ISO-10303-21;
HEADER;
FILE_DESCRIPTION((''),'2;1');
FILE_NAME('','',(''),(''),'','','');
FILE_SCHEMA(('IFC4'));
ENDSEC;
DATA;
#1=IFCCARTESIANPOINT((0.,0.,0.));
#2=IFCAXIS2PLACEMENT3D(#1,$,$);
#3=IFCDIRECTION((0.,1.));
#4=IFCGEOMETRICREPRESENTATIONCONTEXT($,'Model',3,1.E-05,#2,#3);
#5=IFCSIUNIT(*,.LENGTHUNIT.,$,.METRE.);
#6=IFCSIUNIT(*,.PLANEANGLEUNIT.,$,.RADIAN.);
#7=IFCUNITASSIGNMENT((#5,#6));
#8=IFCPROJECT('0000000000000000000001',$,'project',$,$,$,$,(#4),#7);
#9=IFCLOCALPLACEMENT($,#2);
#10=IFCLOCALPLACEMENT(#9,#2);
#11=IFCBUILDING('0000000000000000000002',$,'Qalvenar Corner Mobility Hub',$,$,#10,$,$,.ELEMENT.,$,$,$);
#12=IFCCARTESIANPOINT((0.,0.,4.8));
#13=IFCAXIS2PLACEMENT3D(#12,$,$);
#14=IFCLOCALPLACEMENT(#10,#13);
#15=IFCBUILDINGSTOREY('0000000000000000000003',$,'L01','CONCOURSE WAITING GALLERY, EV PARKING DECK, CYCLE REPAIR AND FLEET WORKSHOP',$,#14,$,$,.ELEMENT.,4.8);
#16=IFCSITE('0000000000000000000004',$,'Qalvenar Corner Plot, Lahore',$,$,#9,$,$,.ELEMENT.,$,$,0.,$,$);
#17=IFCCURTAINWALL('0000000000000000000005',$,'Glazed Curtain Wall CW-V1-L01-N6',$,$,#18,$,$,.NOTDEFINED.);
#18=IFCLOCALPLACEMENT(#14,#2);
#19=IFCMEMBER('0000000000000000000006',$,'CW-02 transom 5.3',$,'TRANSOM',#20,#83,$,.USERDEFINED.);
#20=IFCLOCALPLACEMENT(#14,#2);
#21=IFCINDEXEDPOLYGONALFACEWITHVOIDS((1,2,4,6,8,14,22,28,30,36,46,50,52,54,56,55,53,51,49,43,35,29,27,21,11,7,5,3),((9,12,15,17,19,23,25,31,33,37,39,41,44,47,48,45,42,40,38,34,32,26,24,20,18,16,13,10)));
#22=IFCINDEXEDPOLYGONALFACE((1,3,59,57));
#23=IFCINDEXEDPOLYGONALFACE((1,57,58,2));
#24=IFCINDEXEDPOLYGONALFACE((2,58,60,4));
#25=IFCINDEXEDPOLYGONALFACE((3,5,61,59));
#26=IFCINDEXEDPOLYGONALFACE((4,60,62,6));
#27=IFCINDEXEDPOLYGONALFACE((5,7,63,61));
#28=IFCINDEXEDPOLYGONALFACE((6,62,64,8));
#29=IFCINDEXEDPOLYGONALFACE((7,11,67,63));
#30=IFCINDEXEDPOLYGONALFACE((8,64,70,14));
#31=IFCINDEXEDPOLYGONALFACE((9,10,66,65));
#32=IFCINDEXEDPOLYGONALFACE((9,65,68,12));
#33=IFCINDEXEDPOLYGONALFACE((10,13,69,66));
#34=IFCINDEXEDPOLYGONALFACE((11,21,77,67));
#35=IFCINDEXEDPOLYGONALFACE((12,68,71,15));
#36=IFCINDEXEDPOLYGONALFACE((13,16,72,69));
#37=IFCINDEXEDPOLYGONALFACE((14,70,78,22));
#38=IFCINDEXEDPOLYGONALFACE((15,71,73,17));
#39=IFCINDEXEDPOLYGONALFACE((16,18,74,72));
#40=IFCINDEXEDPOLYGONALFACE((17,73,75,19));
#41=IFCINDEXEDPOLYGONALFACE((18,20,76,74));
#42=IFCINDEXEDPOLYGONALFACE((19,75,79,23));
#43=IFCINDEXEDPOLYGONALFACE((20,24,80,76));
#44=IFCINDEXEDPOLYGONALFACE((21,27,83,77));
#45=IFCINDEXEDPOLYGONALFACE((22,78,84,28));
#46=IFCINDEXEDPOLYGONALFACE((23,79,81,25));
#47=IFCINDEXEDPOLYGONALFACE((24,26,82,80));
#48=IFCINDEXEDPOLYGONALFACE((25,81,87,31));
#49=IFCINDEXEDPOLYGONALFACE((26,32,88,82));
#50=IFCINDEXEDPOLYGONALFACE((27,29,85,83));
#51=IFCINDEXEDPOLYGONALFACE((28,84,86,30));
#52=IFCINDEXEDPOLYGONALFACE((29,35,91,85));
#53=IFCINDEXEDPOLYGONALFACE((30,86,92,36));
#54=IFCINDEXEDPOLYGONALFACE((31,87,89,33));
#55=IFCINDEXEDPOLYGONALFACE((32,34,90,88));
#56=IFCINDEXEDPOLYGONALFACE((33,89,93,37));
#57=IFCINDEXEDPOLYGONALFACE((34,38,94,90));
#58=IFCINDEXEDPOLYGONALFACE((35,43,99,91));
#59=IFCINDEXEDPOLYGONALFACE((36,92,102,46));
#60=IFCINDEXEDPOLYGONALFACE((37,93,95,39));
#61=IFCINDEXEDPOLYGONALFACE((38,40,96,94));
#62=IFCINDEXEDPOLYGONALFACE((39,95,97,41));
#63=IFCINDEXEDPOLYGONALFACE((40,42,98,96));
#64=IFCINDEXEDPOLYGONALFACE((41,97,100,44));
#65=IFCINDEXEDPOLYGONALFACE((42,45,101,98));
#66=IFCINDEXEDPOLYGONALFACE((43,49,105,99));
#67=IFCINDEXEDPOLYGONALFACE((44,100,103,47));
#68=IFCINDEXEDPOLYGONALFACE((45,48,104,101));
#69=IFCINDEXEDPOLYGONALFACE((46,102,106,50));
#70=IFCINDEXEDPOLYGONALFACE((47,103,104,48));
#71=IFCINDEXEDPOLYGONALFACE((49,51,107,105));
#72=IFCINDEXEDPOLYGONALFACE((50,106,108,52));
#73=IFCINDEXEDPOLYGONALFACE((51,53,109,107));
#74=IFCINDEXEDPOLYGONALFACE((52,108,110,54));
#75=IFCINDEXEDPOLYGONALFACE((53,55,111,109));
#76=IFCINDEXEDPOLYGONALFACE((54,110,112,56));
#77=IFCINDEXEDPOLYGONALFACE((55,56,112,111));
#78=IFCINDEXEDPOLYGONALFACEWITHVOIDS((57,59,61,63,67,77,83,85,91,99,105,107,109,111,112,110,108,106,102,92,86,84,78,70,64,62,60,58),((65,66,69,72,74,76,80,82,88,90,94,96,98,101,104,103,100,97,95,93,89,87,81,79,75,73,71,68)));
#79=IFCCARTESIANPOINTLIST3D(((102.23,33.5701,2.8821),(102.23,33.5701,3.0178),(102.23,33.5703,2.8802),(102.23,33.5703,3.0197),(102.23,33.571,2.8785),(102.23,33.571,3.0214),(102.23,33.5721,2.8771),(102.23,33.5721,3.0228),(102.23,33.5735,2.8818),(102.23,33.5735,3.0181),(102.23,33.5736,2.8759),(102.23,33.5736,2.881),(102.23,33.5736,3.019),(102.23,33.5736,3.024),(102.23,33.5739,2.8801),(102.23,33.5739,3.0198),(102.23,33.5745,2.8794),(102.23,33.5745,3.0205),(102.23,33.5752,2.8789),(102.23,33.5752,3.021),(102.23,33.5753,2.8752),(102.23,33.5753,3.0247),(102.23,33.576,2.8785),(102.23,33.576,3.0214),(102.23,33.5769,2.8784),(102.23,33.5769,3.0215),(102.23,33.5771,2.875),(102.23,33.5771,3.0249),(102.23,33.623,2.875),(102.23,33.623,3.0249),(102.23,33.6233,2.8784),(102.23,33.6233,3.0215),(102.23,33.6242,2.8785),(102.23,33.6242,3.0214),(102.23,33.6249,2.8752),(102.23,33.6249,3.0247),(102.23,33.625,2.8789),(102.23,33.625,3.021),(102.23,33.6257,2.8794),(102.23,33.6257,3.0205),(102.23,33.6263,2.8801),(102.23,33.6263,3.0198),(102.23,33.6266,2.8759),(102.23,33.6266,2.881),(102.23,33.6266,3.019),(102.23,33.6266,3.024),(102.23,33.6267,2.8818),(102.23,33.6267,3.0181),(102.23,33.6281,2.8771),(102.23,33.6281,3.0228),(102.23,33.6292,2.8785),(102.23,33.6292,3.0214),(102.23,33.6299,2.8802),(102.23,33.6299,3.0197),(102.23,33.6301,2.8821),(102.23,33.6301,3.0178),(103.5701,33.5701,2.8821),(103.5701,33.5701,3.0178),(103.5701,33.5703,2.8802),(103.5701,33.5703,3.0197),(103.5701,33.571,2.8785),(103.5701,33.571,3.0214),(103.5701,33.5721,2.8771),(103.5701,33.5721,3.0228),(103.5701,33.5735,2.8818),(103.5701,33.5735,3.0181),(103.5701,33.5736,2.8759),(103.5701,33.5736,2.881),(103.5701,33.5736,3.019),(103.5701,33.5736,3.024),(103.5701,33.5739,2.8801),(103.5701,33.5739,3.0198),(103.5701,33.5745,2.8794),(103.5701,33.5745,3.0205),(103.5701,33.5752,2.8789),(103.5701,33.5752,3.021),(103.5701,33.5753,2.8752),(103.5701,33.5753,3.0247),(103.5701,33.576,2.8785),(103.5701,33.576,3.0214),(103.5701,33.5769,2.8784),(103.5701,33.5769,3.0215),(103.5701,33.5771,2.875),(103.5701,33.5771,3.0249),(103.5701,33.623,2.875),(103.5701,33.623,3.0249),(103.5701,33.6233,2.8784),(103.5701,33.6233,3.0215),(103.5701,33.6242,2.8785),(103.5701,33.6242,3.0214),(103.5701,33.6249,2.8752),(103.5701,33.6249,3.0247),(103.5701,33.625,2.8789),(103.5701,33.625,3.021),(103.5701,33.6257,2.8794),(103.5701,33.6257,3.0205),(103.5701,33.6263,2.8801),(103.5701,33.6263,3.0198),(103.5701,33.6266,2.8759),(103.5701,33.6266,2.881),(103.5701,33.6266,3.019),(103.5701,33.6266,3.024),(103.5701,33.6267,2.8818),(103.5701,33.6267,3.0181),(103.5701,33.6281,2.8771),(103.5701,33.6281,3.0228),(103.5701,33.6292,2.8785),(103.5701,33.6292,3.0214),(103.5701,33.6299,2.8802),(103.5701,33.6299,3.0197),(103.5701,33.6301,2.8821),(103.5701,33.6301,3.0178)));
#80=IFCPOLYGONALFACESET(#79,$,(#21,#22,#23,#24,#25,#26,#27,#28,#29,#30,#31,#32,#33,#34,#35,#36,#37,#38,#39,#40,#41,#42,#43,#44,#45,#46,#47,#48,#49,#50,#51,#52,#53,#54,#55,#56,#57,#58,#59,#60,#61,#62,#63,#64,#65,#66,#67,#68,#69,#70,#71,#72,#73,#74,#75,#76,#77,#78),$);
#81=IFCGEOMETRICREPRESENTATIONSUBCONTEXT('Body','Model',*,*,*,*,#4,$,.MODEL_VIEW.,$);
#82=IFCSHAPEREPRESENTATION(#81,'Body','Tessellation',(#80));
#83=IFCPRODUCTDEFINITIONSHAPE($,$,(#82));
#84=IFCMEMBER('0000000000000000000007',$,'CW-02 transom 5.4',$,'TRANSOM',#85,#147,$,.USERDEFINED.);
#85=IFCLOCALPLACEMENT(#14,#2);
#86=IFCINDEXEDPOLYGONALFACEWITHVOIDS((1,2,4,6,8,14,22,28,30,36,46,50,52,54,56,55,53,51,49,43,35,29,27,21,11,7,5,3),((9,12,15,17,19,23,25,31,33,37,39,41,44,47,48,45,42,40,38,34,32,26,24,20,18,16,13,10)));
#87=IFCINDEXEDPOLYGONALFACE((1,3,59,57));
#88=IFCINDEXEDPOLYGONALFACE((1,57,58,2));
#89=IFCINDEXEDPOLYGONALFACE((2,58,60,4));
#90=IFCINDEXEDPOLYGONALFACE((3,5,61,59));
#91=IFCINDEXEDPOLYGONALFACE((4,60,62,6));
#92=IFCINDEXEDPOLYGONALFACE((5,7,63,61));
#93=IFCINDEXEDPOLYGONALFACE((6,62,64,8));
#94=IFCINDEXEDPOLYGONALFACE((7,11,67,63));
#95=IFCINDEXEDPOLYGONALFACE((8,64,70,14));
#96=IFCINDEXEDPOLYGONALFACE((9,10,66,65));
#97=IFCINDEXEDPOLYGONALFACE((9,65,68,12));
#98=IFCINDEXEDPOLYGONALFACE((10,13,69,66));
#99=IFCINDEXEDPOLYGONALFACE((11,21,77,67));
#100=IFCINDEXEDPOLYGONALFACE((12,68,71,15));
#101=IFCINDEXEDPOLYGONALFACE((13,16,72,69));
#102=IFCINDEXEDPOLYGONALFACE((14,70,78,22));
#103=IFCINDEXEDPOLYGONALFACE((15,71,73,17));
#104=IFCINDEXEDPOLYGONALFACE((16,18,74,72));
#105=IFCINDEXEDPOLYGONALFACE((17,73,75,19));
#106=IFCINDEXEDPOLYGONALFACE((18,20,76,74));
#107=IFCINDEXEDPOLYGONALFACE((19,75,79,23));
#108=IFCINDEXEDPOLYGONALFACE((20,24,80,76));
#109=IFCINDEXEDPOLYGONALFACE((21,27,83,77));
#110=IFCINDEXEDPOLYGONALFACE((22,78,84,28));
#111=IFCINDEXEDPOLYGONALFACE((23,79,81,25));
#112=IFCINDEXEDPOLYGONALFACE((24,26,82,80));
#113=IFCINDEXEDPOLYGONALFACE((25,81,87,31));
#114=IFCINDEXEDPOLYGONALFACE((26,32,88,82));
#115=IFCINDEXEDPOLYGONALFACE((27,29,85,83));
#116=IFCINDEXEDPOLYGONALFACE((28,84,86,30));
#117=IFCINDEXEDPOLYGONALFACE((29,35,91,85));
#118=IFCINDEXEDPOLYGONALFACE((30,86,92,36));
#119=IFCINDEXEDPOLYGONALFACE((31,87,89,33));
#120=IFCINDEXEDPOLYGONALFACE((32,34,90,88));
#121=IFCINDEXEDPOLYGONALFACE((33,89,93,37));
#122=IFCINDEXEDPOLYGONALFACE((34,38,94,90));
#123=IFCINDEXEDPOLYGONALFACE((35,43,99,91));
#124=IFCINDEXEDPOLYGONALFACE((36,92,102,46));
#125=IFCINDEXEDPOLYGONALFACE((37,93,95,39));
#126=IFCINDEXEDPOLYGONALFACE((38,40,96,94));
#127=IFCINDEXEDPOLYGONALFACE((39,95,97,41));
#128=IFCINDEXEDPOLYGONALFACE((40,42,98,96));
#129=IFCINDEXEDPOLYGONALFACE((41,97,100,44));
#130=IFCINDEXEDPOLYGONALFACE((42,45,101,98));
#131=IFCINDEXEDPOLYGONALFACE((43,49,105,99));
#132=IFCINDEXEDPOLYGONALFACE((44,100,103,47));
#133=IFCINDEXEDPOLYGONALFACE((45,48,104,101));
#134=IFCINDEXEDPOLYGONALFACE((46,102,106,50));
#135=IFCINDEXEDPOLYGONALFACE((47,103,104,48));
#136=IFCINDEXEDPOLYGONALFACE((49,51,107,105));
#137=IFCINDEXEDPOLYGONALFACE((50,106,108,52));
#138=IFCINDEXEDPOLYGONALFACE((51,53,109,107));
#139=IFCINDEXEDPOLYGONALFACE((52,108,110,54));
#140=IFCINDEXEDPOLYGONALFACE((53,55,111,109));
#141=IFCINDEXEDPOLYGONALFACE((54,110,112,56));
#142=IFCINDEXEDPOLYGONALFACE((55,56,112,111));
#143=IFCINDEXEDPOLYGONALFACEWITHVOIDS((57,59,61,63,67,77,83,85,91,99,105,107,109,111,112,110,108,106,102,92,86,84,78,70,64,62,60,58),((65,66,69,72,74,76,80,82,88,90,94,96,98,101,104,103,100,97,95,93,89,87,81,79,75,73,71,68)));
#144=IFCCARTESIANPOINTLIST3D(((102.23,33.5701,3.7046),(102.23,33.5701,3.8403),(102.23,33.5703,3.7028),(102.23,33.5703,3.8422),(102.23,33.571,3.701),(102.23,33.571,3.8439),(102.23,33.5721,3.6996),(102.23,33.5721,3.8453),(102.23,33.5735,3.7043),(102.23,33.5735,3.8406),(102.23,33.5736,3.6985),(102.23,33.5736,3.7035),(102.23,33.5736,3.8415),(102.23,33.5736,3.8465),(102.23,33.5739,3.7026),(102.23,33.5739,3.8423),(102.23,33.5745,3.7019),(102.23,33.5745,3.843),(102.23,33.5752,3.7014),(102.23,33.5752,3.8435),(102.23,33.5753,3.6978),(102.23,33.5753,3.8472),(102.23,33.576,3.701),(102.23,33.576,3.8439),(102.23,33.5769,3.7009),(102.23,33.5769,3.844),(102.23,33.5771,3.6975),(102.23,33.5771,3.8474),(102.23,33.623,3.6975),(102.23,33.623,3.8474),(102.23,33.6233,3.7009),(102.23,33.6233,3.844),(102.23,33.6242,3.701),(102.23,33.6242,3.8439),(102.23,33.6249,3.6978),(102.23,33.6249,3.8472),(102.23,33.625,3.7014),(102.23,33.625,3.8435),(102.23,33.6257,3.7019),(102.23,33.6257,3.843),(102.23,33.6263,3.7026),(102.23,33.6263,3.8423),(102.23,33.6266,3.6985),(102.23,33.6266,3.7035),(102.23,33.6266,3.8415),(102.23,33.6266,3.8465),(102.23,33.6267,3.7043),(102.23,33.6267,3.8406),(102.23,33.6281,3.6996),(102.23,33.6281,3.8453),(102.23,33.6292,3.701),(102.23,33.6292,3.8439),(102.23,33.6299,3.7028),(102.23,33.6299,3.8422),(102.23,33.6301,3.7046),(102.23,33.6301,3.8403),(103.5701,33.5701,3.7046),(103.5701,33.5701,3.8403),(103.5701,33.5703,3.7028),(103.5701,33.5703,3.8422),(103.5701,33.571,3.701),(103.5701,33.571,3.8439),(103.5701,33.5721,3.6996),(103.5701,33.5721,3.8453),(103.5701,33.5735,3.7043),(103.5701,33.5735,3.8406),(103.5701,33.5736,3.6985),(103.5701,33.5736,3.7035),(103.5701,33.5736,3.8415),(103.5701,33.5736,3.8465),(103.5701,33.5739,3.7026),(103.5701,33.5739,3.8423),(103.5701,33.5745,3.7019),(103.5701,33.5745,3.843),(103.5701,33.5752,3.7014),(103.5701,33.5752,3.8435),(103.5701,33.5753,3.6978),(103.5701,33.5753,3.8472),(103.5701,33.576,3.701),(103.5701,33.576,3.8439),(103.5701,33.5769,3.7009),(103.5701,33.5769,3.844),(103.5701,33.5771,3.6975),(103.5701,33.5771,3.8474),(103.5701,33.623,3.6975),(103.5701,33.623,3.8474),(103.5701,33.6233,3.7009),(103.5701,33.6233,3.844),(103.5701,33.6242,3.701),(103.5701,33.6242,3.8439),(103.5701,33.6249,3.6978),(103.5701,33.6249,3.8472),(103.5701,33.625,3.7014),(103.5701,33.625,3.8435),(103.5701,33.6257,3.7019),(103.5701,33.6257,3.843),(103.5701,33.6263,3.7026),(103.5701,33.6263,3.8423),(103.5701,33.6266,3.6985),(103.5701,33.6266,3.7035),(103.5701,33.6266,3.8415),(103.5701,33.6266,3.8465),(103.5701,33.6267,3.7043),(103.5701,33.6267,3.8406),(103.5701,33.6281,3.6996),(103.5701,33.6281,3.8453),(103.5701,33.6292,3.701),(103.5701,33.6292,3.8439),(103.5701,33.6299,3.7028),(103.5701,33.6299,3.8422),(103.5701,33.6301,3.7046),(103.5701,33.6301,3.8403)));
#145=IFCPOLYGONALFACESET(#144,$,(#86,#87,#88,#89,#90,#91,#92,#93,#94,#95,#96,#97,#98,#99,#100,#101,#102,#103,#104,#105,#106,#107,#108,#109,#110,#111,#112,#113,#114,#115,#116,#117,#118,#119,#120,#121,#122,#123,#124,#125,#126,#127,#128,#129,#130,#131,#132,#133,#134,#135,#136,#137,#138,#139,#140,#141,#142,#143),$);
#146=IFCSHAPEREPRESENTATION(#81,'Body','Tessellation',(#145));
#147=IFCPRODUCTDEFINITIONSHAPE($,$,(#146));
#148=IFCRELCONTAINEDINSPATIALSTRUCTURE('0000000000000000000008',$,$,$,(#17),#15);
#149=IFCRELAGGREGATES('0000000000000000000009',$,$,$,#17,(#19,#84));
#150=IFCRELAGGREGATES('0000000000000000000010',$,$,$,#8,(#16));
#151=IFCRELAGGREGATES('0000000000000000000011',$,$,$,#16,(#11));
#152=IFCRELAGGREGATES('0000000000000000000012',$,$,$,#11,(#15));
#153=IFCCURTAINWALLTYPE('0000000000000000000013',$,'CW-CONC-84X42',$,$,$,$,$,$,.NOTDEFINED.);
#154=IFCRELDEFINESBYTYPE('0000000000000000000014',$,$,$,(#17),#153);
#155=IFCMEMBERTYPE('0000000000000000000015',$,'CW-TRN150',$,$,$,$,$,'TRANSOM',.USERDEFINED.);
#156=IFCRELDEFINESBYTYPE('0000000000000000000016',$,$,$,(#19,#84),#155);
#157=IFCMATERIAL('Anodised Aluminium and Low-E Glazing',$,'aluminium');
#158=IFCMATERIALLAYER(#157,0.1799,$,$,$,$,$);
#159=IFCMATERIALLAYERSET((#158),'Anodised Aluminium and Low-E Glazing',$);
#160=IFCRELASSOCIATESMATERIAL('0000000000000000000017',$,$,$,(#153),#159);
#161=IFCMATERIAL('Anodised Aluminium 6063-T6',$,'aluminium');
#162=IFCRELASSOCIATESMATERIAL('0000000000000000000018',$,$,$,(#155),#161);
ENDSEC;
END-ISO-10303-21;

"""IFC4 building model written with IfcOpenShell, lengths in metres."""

from ifc_helpers import new_model, si_unit, direction, frame, origin, origin_2d, place, context, subcontext, project, spatial, hollow_rectangle, extrude, material, layer, layer_set, material_profile, profile_set, type_object, element, aggregate, save


model = new_model("IFC4")

# Units and contexts
model_context = context("Model", 3, precision=1e-05, world=origin(), true_north=direction((0.0, 1.0)))
body_context = subcontext(model_context, "Body", "Model", "MODEL_VIEW")
ifc_project = project(units=[si_unit("LENGTHUNIT", "METRE"), si_unit("PLANEANGLEUNIT", "RADIAN")], contexts=[model_context])

# Site, building, storey
site_placement = place(None, origin())
site = spatial("IfcSite", under=ifc_project, at=site_placement, Name="Qalvenar Corner Plot, Lahore", CompositionType="ELEMENT", RefElevation=0.0)
building_placement = place(site_placement, origin())
building = spatial("IfcBuilding", under=site, at=building_placement, Name="Qalvenar Corner Mobility Hub", CompositionType="ELEMENT")
storey_placement = place(building_placement, frame((0.0, 0.0, 4.8)))
storey = spatial("IfcBuildingStorey", under=building, at=storey_placement, Name="L01", Description="CONCOURSE WAITING GALLERY, EV PARKING DECK, CYCLE REPAIR AND FLEET WORKSHOP", CompositionType="ELEMENT", Elevation=4.8)

# Curtain wall, members
ifc_material_1 = material(Name="Anodised Aluminium and Low-E Glazing", Category="aluminium")
ifc_layer_1 = layer(ifc_material_1, 0.1799)
ifc_layer_set_1 = layer_set([ifc_layer_1], Name="Anodised Aluminium and Low-E Glazing")
curtain_wall_type = type_object("IfcCurtainWallType", Name="CW-CONC-84X42", PredefinedType="NOTDEFINED", material=ifc_layer_set_1)
curtain_wall_placement = place(storey_placement, origin())
curtain_wall = element("IfcCurtainWall", 1, at=curtain_wall_placement, inside=storey, type_object=curtain_wall_type, Name="Glazed Curtain Wall CW-V1-L01-N6", PredefinedType="NOTDEFINED")
ifc_material_2 = material(Name="Anodised Aluminium 6063-T6", Category="aluminium")
ifc_material_profile_1 = material_profile(ifc_material_2, hollow_rectangle(XDim=0.0601, YDim=0.1499, WallThickness=0.0034, InnerFilletRadius=0.0034, OuterFilletRadius=0.0071, at=origin_2d()), Name="RHS150x60x3.5")
ifc_profile_set_1 = profile_set([ifc_material_profile_1], Name="Anodised Aluminium 6063-T6")
member_type_1 = type_object("IfcMemberType", Name="CW-TRN150", ElementType="TRANSOM", PredefinedType="USERDEFINED", material=ifc_profile_set_1)
member_1_placement = place(storey_placement, frame((103.5701, 33.6001, 2.95), z_axis=(-1.0, 0.0, 0.0), x_axis=(0.0, -1.0, 0.0)))
member_1 = element("IfcMember", 2, at=member_1_placement, type_object=member_type_1, Name="CW-02 transom 5.3", ObjectType="TRANSOM", PredefinedType="USERDEFINED", context=body_context, shape_type="SweptSolid", body=[
    extrude(hollow_rectangle(XDim=0.0601, YDim=0.1499, WallThickness=0.0034, InnerFilletRadius=0.0034, OuterFilletRadius=0.0071, at=origin_2d()), origin(), (0.0, 0.0, 1.0), 1.3401),
])
member_2_placement = place(storey_placement, frame((103.5701, 33.6001, 3.7725), z_axis=(-1.0, 0.0, 0.0), x_axis=(0.0, -1.0, 0.0)))
member_2 = element("IfcMember", 3, at=member_2_placement, type_object=member_type_1, Name="CW-02 transom 5.4", ObjectType="TRANSOM", PredefinedType="USERDEFINED", context=body_context, shape_type="SweptSolid", body=[
    extrude(hollow_rectangle(XDim=0.0601, YDim=0.1499, WallThickness=0.0034, InnerFilletRadius=0.0034, OuterFilletRadius=0.0071, at=origin_2d()), origin(), (0.0, 0.0, 1.0), 1.3401),
])
aggregate(curtain_wall, [member_1, member_2])

save(model, "model.ifc")
